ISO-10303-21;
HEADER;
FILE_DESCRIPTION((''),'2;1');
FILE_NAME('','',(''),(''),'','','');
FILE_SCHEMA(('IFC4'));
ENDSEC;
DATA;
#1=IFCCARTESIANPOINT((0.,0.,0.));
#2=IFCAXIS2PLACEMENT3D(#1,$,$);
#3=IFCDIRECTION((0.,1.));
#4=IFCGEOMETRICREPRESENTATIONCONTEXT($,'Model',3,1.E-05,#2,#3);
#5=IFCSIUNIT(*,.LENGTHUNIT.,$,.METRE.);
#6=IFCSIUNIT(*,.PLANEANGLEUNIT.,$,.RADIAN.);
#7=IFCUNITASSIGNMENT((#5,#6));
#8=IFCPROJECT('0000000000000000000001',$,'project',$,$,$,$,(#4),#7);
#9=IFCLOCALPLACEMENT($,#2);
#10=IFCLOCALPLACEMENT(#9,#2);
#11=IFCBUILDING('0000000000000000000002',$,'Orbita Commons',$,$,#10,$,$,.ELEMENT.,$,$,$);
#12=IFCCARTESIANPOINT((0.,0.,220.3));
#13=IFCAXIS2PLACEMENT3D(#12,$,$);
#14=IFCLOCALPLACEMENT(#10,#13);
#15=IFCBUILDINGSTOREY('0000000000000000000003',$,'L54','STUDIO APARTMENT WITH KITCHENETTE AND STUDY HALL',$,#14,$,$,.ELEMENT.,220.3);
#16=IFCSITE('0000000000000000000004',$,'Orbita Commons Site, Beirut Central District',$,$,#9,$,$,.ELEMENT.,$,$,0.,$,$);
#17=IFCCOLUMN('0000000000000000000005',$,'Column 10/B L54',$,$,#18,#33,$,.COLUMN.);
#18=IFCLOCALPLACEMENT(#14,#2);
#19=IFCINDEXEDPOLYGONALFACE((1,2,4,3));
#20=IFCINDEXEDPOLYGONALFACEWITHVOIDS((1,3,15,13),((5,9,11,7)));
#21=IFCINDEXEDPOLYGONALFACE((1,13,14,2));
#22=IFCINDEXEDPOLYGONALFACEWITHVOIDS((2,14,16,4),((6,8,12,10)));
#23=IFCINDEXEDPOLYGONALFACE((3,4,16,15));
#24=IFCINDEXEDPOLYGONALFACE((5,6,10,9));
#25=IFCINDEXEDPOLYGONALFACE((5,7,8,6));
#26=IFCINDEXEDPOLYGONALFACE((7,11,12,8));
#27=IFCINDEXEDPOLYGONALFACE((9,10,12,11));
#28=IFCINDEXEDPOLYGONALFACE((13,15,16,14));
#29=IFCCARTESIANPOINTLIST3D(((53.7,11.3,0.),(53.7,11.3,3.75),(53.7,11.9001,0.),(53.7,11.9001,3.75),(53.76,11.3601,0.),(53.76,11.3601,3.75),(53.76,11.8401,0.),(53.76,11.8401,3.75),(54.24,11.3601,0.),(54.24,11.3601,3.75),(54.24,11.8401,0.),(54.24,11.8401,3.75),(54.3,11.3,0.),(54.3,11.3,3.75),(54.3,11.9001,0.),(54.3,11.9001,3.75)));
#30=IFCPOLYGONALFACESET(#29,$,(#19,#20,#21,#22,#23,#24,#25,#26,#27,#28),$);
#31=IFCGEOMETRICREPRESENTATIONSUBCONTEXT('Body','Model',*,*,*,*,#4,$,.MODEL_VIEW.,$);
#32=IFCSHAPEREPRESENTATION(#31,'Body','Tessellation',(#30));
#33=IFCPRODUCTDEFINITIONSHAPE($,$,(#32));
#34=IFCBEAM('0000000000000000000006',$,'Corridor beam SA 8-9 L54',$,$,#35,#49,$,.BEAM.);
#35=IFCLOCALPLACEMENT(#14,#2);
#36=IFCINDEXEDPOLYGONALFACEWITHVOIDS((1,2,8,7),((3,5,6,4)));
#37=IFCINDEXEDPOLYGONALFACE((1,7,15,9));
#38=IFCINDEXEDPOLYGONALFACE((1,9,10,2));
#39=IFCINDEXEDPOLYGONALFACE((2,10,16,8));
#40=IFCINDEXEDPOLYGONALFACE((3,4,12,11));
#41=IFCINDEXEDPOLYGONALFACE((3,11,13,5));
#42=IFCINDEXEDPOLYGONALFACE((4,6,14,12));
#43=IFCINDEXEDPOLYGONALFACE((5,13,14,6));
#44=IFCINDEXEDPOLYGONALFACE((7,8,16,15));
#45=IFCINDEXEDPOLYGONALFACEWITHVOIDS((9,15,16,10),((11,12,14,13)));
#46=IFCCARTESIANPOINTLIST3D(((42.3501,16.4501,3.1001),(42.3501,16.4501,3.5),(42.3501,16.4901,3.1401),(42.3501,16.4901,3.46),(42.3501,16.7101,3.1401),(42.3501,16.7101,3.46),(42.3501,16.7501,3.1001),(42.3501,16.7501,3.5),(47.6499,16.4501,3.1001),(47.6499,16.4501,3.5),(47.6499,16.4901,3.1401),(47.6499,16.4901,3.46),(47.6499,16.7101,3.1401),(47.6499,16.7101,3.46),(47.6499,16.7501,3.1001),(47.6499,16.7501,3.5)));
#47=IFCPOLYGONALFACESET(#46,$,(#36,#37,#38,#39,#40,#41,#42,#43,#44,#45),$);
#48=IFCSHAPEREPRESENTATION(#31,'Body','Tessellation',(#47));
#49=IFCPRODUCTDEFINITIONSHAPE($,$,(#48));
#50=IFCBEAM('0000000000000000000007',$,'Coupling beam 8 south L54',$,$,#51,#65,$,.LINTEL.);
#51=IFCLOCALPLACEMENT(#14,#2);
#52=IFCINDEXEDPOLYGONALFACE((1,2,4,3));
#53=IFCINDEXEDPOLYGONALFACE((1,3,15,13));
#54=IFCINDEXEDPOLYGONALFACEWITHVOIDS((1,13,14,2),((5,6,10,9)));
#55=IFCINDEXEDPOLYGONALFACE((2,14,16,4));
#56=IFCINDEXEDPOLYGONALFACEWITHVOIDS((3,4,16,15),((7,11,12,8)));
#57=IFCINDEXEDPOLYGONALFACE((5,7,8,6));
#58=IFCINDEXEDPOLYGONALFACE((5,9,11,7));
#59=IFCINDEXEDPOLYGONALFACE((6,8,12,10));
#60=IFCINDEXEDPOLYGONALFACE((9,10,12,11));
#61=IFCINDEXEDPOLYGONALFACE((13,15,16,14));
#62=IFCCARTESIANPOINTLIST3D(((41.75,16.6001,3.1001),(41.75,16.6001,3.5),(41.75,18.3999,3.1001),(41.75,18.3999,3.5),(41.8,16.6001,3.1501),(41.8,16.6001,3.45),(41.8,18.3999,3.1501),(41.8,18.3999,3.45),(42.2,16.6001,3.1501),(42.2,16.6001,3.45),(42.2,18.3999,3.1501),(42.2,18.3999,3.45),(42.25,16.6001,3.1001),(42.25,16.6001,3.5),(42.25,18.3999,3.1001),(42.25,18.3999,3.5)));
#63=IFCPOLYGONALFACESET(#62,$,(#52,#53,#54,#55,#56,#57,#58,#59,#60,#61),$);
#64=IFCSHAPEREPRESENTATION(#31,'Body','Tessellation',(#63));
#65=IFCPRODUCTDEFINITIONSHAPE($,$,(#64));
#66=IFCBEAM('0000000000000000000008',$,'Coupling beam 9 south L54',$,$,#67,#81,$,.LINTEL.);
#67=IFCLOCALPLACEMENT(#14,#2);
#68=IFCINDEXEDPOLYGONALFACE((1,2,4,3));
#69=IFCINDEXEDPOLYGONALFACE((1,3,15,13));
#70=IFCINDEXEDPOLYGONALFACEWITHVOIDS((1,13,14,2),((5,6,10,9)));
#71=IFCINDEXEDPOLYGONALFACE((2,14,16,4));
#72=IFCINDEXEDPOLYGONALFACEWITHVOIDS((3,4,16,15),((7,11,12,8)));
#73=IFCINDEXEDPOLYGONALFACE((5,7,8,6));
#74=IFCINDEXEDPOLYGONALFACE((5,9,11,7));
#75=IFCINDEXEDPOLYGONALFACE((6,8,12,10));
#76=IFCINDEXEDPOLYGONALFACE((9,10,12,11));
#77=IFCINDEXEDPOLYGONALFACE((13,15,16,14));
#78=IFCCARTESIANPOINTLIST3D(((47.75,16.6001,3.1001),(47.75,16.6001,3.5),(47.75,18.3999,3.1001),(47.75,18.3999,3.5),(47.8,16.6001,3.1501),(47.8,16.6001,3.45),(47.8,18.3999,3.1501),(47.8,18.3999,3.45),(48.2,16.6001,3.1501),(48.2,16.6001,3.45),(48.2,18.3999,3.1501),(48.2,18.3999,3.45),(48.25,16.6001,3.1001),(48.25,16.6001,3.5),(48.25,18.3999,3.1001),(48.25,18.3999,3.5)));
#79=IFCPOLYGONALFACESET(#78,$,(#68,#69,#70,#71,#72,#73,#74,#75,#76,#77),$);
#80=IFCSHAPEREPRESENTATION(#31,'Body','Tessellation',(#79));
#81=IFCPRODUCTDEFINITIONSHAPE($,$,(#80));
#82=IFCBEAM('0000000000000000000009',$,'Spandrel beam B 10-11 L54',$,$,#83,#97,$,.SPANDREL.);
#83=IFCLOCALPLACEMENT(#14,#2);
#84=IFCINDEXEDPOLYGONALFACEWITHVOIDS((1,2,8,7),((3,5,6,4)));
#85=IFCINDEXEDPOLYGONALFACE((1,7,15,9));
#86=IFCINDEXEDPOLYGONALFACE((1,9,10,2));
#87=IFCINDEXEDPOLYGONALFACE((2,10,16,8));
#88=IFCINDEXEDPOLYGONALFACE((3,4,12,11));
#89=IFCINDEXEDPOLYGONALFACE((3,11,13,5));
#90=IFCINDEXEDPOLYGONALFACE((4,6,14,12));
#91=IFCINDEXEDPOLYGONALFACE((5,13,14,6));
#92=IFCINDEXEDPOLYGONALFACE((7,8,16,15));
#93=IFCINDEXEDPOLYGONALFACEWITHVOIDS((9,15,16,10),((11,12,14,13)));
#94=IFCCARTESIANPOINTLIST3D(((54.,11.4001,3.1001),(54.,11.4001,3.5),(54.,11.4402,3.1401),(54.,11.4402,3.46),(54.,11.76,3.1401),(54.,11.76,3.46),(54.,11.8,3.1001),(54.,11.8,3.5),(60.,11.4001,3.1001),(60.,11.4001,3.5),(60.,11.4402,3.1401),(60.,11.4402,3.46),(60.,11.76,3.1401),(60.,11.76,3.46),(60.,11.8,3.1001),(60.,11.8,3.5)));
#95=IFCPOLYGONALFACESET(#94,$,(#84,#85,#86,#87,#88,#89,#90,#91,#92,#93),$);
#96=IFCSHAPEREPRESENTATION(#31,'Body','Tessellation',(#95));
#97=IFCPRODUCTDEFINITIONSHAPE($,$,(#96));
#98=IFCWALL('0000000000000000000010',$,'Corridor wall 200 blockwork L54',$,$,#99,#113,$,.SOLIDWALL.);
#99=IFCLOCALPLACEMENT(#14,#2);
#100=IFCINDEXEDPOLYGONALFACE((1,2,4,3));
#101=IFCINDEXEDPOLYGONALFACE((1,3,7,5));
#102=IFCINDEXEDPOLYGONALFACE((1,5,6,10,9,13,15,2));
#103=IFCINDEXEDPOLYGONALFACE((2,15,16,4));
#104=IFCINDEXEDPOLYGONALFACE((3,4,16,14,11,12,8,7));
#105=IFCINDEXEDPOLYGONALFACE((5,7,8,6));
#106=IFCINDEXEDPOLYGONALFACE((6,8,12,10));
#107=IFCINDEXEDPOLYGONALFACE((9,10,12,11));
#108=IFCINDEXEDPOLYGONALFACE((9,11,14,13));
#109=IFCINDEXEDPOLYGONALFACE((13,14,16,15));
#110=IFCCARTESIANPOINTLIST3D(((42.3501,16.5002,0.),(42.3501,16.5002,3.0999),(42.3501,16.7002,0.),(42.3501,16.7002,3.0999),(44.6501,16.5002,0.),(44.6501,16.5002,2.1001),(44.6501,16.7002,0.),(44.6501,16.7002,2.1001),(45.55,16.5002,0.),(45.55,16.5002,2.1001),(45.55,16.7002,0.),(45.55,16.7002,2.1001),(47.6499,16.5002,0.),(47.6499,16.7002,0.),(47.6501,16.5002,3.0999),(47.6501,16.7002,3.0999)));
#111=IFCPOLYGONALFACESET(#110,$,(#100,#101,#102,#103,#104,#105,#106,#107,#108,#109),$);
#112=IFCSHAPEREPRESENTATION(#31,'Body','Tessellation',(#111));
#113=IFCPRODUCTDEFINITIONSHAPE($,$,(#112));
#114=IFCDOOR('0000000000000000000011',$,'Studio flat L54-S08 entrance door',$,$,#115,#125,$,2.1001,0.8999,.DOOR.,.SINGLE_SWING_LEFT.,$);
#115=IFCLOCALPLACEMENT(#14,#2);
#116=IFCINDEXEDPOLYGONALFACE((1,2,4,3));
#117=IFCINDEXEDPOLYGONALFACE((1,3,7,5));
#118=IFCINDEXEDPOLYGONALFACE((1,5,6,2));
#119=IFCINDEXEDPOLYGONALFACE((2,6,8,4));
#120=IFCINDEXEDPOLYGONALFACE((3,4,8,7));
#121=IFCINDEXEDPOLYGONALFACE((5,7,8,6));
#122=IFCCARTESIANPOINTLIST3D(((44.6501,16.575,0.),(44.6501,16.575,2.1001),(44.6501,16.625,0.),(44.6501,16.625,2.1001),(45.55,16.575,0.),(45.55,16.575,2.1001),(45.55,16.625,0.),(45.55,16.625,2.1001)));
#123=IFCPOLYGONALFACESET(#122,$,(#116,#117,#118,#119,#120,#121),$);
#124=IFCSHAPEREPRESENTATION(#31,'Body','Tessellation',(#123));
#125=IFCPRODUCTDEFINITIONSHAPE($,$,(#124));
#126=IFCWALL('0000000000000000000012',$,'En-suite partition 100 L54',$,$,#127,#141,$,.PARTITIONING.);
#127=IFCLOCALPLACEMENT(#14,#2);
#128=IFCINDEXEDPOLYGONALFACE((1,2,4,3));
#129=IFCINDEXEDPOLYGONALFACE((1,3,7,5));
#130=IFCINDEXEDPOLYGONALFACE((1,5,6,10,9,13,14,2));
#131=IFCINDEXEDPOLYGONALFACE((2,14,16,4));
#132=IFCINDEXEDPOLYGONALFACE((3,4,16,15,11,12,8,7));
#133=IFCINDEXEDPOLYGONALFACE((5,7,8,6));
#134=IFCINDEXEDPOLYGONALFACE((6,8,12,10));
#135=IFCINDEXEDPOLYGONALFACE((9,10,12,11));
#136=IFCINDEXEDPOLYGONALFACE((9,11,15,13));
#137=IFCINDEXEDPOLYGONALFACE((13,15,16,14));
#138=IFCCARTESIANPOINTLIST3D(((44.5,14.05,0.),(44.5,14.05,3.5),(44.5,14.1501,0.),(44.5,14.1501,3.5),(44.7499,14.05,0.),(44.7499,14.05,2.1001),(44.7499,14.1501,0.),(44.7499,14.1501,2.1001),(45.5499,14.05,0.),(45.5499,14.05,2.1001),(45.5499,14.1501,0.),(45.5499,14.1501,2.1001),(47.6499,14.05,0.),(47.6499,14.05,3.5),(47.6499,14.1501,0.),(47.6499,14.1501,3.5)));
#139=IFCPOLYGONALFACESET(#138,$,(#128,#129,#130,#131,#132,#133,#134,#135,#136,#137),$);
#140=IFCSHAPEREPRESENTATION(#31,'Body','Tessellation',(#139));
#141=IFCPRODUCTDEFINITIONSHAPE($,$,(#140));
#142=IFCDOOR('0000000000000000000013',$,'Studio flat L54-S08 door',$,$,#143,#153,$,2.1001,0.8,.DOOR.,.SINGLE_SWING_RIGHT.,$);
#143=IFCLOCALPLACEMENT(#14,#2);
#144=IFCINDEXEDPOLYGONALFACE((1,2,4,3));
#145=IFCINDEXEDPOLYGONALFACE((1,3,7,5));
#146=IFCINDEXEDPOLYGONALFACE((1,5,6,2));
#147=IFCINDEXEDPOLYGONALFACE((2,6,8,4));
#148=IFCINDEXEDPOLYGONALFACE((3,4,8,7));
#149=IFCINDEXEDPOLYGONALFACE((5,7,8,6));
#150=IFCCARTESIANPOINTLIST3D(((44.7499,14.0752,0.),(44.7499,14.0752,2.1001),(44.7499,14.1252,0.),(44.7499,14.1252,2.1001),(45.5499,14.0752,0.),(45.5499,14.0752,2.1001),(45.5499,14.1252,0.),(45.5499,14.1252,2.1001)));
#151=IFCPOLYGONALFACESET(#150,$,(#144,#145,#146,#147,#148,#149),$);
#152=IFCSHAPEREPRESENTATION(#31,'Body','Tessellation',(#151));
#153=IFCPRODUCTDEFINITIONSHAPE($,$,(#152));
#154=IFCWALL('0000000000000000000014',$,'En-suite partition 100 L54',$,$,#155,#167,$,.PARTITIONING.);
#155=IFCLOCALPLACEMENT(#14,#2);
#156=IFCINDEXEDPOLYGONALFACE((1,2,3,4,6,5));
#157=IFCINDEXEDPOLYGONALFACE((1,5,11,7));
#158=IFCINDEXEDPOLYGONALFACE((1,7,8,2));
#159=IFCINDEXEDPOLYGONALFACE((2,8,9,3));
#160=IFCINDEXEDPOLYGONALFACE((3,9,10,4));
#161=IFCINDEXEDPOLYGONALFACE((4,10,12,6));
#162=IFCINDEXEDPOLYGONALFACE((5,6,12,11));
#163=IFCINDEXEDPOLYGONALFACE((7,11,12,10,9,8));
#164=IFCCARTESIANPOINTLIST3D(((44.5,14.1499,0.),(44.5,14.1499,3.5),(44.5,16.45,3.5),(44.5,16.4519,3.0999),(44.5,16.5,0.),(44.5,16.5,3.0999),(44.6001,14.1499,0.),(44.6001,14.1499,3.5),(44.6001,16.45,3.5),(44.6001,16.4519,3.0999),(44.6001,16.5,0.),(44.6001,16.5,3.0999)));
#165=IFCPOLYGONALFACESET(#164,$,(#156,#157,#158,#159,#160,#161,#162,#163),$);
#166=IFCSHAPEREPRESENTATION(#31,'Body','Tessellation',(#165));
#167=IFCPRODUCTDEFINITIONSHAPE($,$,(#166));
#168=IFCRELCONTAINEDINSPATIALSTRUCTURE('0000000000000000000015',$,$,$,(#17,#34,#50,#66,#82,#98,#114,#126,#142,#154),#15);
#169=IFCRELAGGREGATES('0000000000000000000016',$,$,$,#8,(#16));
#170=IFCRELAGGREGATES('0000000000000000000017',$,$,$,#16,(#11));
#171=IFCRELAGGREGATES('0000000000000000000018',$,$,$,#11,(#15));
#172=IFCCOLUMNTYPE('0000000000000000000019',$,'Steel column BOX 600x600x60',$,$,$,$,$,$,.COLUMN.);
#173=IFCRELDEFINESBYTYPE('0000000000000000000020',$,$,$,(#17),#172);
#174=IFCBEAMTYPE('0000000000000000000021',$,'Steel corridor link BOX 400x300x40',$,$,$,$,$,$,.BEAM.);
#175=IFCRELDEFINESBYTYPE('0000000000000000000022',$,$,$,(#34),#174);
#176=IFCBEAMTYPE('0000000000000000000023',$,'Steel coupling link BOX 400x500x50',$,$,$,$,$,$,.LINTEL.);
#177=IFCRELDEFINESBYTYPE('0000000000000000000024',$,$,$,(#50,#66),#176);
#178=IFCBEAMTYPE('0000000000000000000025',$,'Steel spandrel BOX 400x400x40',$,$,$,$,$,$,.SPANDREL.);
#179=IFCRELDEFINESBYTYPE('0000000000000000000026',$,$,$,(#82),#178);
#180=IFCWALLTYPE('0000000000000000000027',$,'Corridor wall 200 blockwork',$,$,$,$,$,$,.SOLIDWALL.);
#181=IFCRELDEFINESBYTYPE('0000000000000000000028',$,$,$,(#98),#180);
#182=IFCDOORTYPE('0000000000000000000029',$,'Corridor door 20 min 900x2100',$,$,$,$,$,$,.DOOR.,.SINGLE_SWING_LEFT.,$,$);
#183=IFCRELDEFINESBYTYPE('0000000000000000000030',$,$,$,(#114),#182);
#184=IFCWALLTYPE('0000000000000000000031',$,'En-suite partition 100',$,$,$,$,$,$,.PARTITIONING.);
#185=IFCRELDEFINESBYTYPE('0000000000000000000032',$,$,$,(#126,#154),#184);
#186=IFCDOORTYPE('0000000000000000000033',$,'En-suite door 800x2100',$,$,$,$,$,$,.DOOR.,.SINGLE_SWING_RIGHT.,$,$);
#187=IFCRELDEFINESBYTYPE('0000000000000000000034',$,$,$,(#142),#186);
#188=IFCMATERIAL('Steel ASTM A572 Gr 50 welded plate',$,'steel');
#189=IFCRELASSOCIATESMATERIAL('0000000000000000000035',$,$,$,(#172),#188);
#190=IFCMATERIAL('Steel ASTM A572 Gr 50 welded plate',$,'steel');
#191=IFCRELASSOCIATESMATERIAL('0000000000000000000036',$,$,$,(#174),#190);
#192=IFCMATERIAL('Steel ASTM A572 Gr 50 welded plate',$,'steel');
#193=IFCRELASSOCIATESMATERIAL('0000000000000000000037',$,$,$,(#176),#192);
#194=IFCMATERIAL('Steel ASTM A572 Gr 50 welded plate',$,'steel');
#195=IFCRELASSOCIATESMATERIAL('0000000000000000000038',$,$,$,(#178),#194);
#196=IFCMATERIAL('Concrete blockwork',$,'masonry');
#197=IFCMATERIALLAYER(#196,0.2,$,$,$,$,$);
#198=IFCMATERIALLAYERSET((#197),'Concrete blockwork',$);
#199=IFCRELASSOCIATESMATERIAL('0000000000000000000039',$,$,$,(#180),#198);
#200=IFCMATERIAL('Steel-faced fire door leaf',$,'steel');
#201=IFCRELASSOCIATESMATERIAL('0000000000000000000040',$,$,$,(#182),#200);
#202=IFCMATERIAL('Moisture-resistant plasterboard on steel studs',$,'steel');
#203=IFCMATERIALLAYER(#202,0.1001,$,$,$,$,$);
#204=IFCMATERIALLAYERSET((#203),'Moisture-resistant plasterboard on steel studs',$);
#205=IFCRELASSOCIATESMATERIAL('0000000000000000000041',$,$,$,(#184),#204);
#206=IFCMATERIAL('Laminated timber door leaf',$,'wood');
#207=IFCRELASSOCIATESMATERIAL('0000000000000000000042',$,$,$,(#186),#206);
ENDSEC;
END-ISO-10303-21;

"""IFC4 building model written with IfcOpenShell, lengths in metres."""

from ifc_helpers import new_model, si_unit, direction, frame, frame_2d, origin, origin_2d, place, context, subcontext, project, spatial, polyline, rectangle, hollow_rectangle, outline, extrude, material, layer, layer_set, material_profile, profile_set, type_object, element, fill, save


model = new_model("IFC4")

# Units and contexts
model_context = context("Model", 3, precision=1e-05, world=origin(), true_north=direction((0.0, 1.0)))
body_context = subcontext(model_context, "Body", "Model", "MODEL_VIEW")
ifc_project = project(units=[si_unit("LENGTHUNIT", "METRE"), si_unit("PLANEANGLEUNIT", "RADIAN")], contexts=[model_context])

# Site, building, storey
site_placement = place(None, origin())
site = spatial("IfcSite", under=ifc_project, at=site_placement, Name="Orbita Commons Site, Beirut Central District", CompositionType="ELEMENT", RefElevation=0.0)
building_placement = place(site_placement, origin())
building = spatial("IfcBuilding", under=site, at=building_placement, Name="Orbita Commons", CompositionType="ELEMENT")
storey_placement = place(building_placement, frame((0.0, 0.0, 220.3)))
storey = spatial("IfcBuildingStorey", under=building, at=storey_placement, Name="L54", Description="STUDIO APARTMENT WITH KITCHENETTE AND STUDY HALL", CompositionType="ELEMENT", Elevation=220.3)

# Column
ifc_material_1 = material(Name="Steel ASTM A572 Gr 50 welded plate", Category="steel")
ifc_material_profile_1 = material_profile(ifc_material_1, hollow_rectangle(XDim=0.6001, YDim=0.6001, WallThickness=0.0601, at=origin_2d()), Name="BOX 600x600x60")
ifc_profile_set_1 = profile_set([ifc_material_profile_1], Name="Steel ASTM A572 Gr 50 welded plate")
column_type = type_object("IfcColumnType", Name="Steel column BOX 600x600x60", PredefinedType="COLUMN", material=ifc_profile_set_1)
column_placement = place(storey_placement, frame((54.0, 11.6001, 0.0), z_axis=(0.0, 0.0, 1.0), x_axis=(1.0, 0.0, 0.0)))
element("IfcColumn", 1, at=column_placement, inside=storey, type_object=column_type, Name="Column 10/B L54", PredefinedType="COLUMN", context=body_context, shape_type="SweptSolid", body=[
    extrude(hollow_rectangle(XDim=0.6001, YDim=0.6001, WallThickness=0.0601, at=origin_2d()), origin(), (0.0, 0.0, 1.0), 3.75),
])

# Beams
ifc_material_2 = material(Name="Steel ASTM A572 Gr 50 welded plate", Category="steel")
ifc_material_profile_2 = material_profile(ifc_material_2, hollow_rectangle(XDim=0.3, YDim=0.3999, WallThickness=0.04, at=origin_2d()), Name="BOX 400x300x40")
ifc_profile_set_2 = profile_set([ifc_material_profile_2], Name="Steel ASTM A572 Gr 50 welded plate")
beam_type_1 = type_object("IfcBeamType", Name="Steel corridor link BOX 400x300x40", PredefinedType="BEAM", material=ifc_profile_set_2)
beam_1_placement = place(storey_placement, frame((42.3501, 16.6001, 3.3), z_axis=(1.0, 0.0, 0.0), x_axis=(0.0, 1.0, 0.0)))
element("IfcBeam", 2, at=beam_1_placement, inside=storey, type_object=beam_type_1, Name="Corridor beam SA 8-9 L54", PredefinedType="BEAM", context=body_context, shape_type="SweptSolid", body=[
    extrude(hollow_rectangle(XDim=0.3, YDim=0.3999, WallThickness=0.04, at=origin_2d()), origin(), (0.0, 0.0, 1.0), 5.2998),
])
ifc_material_3 = material(Name="Steel ASTM A572 Gr 50 welded plate", Category="steel")
ifc_material_profile_3 = material_profile(ifc_material_3, hollow_rectangle(XDim=0.5, YDim=0.3999, WallThickness=0.05, at=origin_2d()), Name="BOX 400x500x50")
ifc_profile_set_3 = profile_set([ifc_material_profile_3], Name="Steel ASTM A572 Gr 50 welded plate")
beam_type_2 = type_object("IfcBeamType", Name="Steel coupling link BOX 400x500x50", PredefinedType="LINTEL", material=ifc_profile_set_3)
for number, where, z_axis, x_axis, name in (
    (3, (42.0, 16.6001, 3.3), (0.0, 1.0, 0.0), (-1.0, 0.0, 0.0), "Coupling beam 8 south L54"),
    (4, (48.0, 16.6001, 3.3), (0.0, 1.0, 0.0), (-1.0, 0.0, 0.0), "Coupling beam 9 south L54"),
):
    element("IfcBeam", number, at=place(storey_placement, frame(where, z_axis=z_axis, x_axis=x_axis)), inside=storey, type_object=beam_type_2, Name=name, PredefinedType="LINTEL", context=body_context, shape_type="SweptSolid", body=[
        extrude(hollow_rectangle(XDim=0.5, YDim=0.3999, WallThickness=0.05, at=origin_2d()), origin(), (0.0, 0.0, 1.0), 1.7998),
    ])
ifc_material_4 = material(Name="Steel ASTM A572 Gr 50 welded plate", Category="steel")
ifc_material_profile_4 = material_profile(ifc_material_4, hollow_rectangle(XDim=0.3999, YDim=0.3999, WallThickness=0.04, at=origin_2d()), Name="BOX 400x400x40")
ifc_profile_set_4 = profile_set([ifc_material_profile_4], Name="Steel ASTM A572 Gr 50 welded plate")
beam_type_3 = type_object("IfcBeamType", Name="Steel spandrel BOX 400x400x40", PredefinedType="SPANDREL", material=ifc_profile_set_4)
beam_2_placement = place(storey_placement, frame((54.0, 11.6001, 3.3), z_axis=(1.0, 0.0, 0.0), x_axis=(0.0, 1.0, 0.0)))
element("IfcBeam", 5, at=beam_2_placement, inside=storey, type_object=beam_type_3, Name="Spandrel beam B 10-11 L54", PredefinedType="SPANDREL", context=body_context, shape_type="SweptSolid", body=[
    extrude(hollow_rectangle(XDim=0.3999, YDim=0.3999, WallThickness=0.04, at=origin_2d()), origin(), (0.0, 0.0, 1.0), 6.0),
])

# Walls, openings, doors
ifc_material_5 = material(Name="Concrete blockwork", Category="masonry")
ifc_layer_1 = layer(ifc_material_5, 0.2)
ifc_layer_set_1 = layer_set([ifc_layer_1], Name="Concrete blockwork")
wall_type_1 = type_object("IfcWallType", Name="Corridor wall 200 blockwork", PredefinedType="SOLIDWALL", material=ifc_layer_set_1)
wall_1_placement = place(storey_placement, frame((42.3501, 16.6001, 0.0), z_axis=(0.0, 0.0, 1.0), x_axis=(1.0, 0.0, 0.0)))
wall_1 = element("IfcWall", 6, at=wall_1_placement, inside=storey, type_object=wall_type_1, Name="Corridor wall 200 blockwork L54", PredefinedType="SOLIDWALL", context=body_context, shape_type="SweptSolid", body=[
    extrude(outline(polyline([(0.0, 0.0), (5.2998, 0.0), (5.3, 3.0999), (0.0, 3.0999), (0.0, 0.0)])), frame((0.0, 0.1001, 0.0), z_axis=(0.0, -1.0, 0.0), x_axis=(1.0, 0.0, 0.0)), (0.0, 0.0, 1.0), 0.2),
])
opening_1_placement = place(wall_1_placement, frame((2.3, 0.0, 0.0)))
opening_1 = element("IfcOpeningElement", 7, at=opening_1_placement, cuts=wall_1, PredefinedType="OPENING", context=body_context, shape_type="SweptSolid", body=[
    extrude(rectangle(XDim=0.8999, YDim=2.1001, at=frame_2d((0.45, 1.05))), frame((0.0, 0.1099, 0.0), z_axis=(0.0, -1.0, 0.0), x_axis=(1.0, 0.0, 0.0)), (0.0, 0.0, 1.0), 0.22),
])
ifc_material_6 = material(Name="Steel-faced fire door leaf", Category="steel")
door_type_1 = type_object("IfcDoorType", Name="Corridor door 20 min 900x2100", OperationType="SINGLE_SWING_LEFT", PredefinedType="DOOR", material=ifc_material_6)
door_1_placement = place(opening_1_placement, origin())
door_1 = element("IfcDoor", 8, at=door_1_placement, inside=storey, type_object=door_type_1, Name="Studio flat L54-S08 entrance door", OperationType="SINGLE_SWING_LEFT", OverallHeight=2.1001, OverallWidth=0.8999, PredefinedType="DOOR", context=body_context, shape_type="SweptSolid", body=[
    extrude(rectangle(XDim=0.8999, YDim=2.1001, at=frame_2d((0.45, 1.05))), frame((0.0, 0.0249, 0.0), z_axis=(0.0, -1.0, 0.0), x_axis=(1.0, 0.0, 0.0)), (0.0, 0.0, 1.0), 0.05),
])
fill(opening_1, door_1)
ifc_material_7 = material(Name="Moisture-resistant plasterboard on steel studs", Category="steel")
ifc_layer_2 = layer(ifc_material_7, 0.1001)
ifc_layer_set_2 = layer_set([ifc_layer_2], Name="Moisture-resistant plasterboard on steel studs")
wall_type_2 = type_object("IfcWallType", Name="En-suite partition 100", PredefinedType="PARTITIONING", material=ifc_layer_set_2)
wall_2_placement = place(storey_placement, frame((47.6499, 14.1001, 0.0), z_axis=(0.0, 0.0, 1.0), x_axis=(-1.0, 0.0, 0.0)))
wall_2 = element("IfcWall", 9, at=wall_2_placement, inside=storey, type_object=wall_type_2, Name="En-suite partition 100 L54", PredefinedType="PARTITIONING", context=body_context, shape_type="SweptSolid", body=[
    extrude(rectangle(XDim=3.1499, YDim=0.1001, at=frame_2d((1.575, 0.0))), origin(), (0.0, 0.0, 1.0), 3.5),
])
opening_2_placement = place(wall_2_placement, frame((2.1001, 0.0, 0.0)))
opening_2 = element("IfcOpeningElement", 10, at=opening_2_placement, cuts=wall_2, PredefinedType="OPENING", context=body_context, shape_type="SweptSolid", body=[
    extrude(rectangle(XDim=0.8, YDim=2.1001, at=frame_2d((0.3999, 1.05))), frame((0.0, 0.0601, 0.0), z_axis=(0.0, -1.0, 0.0), x_axis=(1.0, 0.0, 0.0)), (0.0, 0.0, 1.0), 0.1201),
])
ifc_material_8 = material(Name="Laminated timber door leaf", Category="wood")
door_type_2 = type_object("IfcDoorType", Name="En-suite door 800x2100", OperationType="SINGLE_SWING_RIGHT", PredefinedType="DOOR", material=ifc_material_8)
door_2_placement = place(opening_2_placement, origin())
door_2 = element("IfcDoor", 11, at=door_2_placement, inside=storey, type_object=door_type_2, Name="Studio flat L54-S08 door", OperationType="SINGLE_SWING_RIGHT", OverallHeight=2.1001, OverallWidth=0.8, PredefinedType="DOOR", context=body_context, shape_type="SweptSolid", body=[
    extrude(rectangle(XDim=0.8, YDim=2.1001, at=frame_2d((0.3999, 1.05))), frame((0.0, 0.0249, 0.0), z_axis=(0.0, -1.0, 0.0), x_axis=(1.0, 0.0, 0.0)), (0.0, 0.0, 1.0), 0.05),
])
fill(opening_2, door_2)

# Wall
wall_3_placement = place(storey_placement, frame((44.55, 14.1499, 0.0), z_axis=(0.0, 0.0, 1.0), x_axis=(0.0, 1.0, 0.0)))
element("IfcWall", 12, at=wall_3_placement, inside=storey, type_object=wall_type_2, Name="En-suite partition 100 L54", PredefinedType="PARTITIONING", context=body_context, shape_type="SweptSolid", body=[
    extrude(outline(polyline([(0.0, 0.0), (2.3501, 0.0), (2.3501, 3.0999), (2.302, 3.0999), (2.3, 3.5), (0.0, 3.5), (0.0, 0.0)])), frame((0.0, 0.05, 0.0), z_axis=(0.0, -1.0, 0.0), x_axis=(1.0, 0.0, 0.0)), (0.0, 0.0, 1.0), 0.1001),
])

save(model, "model.ifc")
